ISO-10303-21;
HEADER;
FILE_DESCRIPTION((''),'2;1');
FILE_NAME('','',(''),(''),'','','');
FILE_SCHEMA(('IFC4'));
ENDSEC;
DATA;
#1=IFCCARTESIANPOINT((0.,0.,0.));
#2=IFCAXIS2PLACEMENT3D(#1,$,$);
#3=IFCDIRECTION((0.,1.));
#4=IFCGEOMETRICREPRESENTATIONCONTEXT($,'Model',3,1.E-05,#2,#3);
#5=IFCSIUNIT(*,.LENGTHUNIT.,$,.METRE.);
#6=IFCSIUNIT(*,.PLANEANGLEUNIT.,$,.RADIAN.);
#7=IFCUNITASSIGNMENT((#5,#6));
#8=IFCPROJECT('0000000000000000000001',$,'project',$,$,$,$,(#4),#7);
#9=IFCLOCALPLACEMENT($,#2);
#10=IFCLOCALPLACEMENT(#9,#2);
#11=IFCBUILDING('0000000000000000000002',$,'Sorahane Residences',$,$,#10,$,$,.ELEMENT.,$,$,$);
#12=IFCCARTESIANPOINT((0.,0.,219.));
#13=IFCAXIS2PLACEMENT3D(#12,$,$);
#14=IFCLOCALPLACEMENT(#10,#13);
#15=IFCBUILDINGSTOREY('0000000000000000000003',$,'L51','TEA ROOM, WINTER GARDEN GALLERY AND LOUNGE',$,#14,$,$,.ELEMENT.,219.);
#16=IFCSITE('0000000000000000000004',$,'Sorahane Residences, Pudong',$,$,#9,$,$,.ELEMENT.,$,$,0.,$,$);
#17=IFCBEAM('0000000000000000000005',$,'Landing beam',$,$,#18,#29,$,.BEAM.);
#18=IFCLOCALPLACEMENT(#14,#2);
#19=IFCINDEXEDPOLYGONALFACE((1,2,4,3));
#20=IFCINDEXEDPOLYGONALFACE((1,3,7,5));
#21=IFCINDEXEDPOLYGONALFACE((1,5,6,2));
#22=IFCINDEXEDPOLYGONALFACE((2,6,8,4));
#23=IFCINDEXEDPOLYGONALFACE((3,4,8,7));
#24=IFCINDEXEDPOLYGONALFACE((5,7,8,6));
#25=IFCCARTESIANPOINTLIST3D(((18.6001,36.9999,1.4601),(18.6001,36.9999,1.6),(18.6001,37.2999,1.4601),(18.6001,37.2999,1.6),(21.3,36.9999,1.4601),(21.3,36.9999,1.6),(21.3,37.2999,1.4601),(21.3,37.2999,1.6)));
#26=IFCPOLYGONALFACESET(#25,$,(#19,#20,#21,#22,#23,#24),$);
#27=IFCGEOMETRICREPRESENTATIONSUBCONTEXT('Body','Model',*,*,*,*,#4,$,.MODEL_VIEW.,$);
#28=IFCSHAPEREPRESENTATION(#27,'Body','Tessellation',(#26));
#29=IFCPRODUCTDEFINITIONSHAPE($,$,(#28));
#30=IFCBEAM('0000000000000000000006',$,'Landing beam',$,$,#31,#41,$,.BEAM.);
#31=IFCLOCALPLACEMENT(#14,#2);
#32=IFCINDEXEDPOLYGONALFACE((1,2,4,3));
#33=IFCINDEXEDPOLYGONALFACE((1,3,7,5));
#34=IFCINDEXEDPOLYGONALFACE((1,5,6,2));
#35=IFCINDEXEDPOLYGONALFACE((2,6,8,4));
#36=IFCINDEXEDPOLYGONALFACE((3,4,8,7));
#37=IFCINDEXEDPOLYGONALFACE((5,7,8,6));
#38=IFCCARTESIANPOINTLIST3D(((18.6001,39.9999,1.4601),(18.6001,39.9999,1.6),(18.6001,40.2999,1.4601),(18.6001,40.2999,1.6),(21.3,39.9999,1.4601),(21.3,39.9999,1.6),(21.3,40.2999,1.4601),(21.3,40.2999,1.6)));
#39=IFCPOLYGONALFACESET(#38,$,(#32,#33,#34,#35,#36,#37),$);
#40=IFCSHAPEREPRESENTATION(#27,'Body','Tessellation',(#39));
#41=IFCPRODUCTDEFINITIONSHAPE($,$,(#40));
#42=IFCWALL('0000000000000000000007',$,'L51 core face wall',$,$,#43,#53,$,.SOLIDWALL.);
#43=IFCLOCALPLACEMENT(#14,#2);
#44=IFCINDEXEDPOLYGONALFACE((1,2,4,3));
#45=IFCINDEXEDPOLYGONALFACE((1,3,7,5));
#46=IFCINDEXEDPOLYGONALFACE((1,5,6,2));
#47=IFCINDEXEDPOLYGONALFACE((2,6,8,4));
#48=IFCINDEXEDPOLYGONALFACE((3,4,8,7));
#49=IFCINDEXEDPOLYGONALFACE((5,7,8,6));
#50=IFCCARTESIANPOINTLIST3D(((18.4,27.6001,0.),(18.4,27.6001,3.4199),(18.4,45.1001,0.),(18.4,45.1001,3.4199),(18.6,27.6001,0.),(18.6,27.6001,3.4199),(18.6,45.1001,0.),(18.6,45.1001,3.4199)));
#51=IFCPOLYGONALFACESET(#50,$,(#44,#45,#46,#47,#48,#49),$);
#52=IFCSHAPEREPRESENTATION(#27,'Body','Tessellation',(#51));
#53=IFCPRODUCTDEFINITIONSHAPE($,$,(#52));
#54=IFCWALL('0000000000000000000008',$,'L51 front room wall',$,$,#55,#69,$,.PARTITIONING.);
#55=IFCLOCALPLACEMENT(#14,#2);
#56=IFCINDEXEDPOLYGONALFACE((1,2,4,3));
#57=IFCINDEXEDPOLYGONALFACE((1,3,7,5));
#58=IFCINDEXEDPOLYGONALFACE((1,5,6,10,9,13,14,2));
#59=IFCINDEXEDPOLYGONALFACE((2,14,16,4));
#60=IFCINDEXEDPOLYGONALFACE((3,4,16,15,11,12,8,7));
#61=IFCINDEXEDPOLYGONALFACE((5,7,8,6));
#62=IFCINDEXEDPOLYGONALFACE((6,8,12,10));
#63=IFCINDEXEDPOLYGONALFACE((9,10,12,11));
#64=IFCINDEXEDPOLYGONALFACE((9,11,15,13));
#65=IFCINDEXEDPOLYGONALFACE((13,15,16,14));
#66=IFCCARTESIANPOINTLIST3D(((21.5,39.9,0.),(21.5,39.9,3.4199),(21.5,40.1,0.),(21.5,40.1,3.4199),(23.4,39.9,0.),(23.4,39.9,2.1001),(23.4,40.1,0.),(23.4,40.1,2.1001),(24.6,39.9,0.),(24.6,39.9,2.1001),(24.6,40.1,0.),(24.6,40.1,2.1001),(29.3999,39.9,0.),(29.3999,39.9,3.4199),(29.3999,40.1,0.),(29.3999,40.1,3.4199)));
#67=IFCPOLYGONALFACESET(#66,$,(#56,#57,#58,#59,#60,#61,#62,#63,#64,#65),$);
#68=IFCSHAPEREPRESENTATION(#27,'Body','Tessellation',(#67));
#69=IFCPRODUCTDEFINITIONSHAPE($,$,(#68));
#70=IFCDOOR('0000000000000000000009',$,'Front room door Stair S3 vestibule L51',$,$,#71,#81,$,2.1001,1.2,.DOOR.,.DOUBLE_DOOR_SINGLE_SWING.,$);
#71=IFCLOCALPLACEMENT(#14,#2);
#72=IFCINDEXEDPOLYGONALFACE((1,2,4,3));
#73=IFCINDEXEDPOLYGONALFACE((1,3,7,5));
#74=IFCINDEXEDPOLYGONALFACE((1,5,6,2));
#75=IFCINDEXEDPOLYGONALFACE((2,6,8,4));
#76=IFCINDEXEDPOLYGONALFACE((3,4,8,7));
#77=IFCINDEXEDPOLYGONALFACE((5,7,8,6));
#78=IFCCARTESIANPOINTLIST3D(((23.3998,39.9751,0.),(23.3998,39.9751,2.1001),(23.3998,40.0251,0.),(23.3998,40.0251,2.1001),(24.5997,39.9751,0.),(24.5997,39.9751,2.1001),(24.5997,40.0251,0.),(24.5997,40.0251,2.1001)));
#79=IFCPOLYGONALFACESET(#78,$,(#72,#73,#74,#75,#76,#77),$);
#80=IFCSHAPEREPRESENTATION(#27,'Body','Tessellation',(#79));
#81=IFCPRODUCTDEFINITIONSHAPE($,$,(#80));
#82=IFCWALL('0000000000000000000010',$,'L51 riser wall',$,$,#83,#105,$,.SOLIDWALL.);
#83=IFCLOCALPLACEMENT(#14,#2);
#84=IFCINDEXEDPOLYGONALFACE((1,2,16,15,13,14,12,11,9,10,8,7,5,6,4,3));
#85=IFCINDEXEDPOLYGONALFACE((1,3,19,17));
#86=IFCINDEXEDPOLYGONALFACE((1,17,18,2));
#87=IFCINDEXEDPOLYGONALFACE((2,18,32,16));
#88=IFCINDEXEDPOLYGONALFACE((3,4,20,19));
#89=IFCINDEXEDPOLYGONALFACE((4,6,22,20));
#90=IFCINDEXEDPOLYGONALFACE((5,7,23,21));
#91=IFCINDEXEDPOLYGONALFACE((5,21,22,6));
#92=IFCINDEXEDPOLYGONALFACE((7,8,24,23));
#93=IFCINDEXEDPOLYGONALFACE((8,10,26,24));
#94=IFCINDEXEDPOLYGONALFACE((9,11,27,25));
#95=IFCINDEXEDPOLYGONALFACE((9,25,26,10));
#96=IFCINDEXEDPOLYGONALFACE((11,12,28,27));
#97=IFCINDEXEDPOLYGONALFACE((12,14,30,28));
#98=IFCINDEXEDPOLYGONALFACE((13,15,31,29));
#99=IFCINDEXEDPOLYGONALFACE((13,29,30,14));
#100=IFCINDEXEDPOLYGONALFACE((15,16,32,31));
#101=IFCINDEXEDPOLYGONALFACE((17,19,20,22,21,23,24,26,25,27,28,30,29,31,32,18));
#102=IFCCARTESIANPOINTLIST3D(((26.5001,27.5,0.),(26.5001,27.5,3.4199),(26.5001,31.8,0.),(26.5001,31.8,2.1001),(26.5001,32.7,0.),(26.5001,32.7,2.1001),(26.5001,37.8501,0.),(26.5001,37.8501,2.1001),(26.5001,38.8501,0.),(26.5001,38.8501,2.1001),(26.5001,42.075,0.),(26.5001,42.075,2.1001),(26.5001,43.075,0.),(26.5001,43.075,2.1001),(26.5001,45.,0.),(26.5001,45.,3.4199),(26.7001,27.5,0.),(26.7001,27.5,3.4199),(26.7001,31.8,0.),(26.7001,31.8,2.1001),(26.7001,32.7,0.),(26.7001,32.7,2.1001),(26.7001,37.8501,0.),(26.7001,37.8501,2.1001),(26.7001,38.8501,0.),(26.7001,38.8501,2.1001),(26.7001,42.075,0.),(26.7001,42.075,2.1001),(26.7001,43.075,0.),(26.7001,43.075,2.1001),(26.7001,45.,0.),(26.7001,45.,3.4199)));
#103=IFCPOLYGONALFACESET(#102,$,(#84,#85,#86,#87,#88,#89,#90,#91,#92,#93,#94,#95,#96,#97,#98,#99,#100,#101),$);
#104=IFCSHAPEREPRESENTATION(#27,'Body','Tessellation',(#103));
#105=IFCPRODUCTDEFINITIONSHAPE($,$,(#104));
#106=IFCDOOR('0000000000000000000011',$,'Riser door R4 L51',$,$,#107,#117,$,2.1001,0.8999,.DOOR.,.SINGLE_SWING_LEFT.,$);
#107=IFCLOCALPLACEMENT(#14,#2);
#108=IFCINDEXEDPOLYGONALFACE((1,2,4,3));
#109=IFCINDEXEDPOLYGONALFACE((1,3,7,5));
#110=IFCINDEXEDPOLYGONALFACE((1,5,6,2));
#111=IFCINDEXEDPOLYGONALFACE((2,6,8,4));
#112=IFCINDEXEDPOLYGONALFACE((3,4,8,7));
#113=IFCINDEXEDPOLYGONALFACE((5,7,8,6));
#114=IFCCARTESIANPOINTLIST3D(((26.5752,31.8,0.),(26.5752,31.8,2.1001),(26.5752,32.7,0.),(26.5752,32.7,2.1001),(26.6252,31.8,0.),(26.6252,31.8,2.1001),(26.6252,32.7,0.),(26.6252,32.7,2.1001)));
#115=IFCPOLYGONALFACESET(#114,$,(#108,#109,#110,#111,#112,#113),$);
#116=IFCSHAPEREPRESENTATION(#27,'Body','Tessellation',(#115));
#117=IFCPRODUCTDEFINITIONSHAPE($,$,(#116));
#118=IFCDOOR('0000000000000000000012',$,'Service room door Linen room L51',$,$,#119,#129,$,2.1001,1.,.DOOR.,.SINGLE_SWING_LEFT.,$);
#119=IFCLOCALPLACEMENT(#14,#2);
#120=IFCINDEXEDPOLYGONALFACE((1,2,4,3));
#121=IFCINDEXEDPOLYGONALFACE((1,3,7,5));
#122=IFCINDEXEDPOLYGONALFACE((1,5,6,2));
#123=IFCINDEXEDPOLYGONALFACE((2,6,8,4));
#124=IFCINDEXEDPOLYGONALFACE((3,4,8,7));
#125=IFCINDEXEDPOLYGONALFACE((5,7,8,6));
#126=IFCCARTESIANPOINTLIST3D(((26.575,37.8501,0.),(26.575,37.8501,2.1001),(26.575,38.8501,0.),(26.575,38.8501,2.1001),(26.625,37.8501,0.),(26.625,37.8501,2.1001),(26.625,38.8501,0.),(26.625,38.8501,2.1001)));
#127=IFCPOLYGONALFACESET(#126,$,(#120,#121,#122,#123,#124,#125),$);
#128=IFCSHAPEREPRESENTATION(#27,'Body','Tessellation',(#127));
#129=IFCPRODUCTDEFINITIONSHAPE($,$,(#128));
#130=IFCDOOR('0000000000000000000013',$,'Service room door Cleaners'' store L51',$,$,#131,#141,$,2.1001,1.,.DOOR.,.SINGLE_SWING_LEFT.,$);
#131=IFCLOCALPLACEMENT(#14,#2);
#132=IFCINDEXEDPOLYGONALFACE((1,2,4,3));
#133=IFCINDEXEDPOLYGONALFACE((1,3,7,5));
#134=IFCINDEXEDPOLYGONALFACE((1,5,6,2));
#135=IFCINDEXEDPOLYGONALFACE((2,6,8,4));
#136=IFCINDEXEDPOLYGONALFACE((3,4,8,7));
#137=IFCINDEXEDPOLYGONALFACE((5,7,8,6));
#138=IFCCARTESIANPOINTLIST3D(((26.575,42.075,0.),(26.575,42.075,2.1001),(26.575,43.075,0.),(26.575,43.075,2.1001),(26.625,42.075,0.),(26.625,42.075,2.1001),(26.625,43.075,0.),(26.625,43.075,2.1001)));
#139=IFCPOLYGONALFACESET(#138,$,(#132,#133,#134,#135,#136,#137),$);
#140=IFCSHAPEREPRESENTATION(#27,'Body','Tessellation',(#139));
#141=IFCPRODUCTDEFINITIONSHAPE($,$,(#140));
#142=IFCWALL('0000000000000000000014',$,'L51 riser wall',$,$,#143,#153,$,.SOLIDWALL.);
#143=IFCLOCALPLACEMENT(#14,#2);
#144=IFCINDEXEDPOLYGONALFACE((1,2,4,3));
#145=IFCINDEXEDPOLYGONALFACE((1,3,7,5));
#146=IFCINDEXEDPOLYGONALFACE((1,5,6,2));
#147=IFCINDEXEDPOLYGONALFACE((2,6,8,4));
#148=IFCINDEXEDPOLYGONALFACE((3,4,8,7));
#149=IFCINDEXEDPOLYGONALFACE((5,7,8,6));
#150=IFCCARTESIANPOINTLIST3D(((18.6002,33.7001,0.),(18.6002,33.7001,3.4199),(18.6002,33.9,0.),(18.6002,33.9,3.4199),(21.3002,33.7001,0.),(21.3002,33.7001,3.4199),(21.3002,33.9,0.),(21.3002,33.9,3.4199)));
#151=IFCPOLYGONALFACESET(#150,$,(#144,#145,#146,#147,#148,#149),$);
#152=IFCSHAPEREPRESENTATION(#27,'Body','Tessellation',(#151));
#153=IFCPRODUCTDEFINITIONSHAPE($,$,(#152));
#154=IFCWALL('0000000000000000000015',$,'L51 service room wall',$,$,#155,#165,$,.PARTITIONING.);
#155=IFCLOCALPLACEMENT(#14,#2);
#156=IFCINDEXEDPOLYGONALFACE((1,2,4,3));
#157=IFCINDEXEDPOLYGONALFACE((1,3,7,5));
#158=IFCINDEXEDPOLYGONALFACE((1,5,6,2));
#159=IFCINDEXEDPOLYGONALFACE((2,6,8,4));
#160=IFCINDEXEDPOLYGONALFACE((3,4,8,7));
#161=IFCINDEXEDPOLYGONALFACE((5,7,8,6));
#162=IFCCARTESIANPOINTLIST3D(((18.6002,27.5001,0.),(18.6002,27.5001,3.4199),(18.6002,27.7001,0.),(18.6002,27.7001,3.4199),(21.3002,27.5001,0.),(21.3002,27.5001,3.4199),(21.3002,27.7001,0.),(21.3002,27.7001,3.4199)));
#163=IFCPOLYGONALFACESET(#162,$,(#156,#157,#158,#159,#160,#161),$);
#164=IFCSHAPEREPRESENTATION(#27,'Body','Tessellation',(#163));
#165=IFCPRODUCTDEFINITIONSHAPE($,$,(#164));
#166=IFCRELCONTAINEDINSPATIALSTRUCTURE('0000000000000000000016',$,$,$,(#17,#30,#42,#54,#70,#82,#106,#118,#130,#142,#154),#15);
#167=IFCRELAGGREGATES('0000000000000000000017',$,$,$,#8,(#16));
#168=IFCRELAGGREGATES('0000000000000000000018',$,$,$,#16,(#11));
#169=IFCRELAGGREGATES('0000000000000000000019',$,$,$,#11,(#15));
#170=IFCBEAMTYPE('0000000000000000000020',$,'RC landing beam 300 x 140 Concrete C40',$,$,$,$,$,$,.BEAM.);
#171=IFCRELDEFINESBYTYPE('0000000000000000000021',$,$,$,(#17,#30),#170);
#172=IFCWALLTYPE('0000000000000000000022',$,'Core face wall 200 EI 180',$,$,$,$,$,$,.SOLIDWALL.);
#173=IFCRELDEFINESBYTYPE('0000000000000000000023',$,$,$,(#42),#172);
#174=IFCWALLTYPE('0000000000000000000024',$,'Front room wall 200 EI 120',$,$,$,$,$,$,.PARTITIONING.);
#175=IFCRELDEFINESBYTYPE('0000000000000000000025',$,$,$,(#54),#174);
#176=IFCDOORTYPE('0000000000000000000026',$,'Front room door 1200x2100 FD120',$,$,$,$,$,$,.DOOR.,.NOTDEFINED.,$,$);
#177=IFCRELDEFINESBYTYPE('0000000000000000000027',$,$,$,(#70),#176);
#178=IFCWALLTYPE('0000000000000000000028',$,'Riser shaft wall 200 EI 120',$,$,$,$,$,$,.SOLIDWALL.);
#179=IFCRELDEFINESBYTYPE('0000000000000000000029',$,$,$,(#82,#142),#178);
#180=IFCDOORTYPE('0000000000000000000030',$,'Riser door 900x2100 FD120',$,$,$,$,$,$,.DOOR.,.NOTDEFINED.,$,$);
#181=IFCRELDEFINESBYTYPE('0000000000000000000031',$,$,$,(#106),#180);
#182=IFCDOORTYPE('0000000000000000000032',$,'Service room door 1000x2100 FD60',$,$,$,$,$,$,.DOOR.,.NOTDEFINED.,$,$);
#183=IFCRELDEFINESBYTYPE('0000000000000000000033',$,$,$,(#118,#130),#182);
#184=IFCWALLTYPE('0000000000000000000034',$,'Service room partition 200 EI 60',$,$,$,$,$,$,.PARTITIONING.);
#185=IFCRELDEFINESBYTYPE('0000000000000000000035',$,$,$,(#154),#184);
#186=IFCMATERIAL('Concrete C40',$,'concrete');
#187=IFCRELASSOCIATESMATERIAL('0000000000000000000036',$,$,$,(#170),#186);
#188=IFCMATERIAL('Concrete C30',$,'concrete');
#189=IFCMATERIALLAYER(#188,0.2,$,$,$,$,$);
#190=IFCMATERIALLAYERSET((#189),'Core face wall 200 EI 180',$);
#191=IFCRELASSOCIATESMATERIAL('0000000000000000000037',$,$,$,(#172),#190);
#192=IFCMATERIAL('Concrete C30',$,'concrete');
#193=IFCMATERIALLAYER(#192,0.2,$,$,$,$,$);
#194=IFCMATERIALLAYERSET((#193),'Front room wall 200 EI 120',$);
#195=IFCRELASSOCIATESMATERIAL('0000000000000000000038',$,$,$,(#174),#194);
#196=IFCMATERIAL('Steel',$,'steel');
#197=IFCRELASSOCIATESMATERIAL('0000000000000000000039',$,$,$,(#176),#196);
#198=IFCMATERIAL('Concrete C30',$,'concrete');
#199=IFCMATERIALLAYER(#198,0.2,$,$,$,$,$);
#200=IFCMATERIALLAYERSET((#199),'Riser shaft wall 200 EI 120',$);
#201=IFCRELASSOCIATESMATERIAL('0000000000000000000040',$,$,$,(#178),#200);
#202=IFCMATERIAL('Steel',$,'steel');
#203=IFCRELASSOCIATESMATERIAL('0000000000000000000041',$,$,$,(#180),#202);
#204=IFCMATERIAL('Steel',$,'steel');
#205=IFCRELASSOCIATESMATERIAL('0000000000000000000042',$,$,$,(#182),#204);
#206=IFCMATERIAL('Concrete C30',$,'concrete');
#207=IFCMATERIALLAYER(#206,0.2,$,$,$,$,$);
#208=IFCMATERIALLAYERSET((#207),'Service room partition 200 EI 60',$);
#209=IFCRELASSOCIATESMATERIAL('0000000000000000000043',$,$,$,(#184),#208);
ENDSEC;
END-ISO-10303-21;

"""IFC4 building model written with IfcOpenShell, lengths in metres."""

from ifc_helpers import new_model, si_unit, direction, frame, frame_2d, origin, origin_2d, place, context, subcontext, project, spatial, rectangle, extrude, material, layer, layer_set, material_profile, profile_set, type_object, element, fill, save


model = new_model("IFC4")

# Units and contexts
model_context = context("Model", 3, precision=1e-05, world=origin(), true_north=direction((0.0, 1.0)))
body_context = subcontext(model_context, "Body", "Model", "MODEL_VIEW")
ifc_project = project(units=[si_unit("LENGTHUNIT", "METRE"), si_unit("PLANEANGLEUNIT", "RADIAN")], contexts=[model_context])

# Site, building, storey
site_placement = place(None, origin())
site = spatial("IfcSite", under=ifc_project, at=site_placement, Name="Sorahane Residences, Pudong", CompositionType="ELEMENT", RefElevation=0.0)
building_placement = place(site_placement, origin())
building = spatial("IfcBuilding", under=site, at=building_placement, Name="Sorahane Residences", CompositionType="ELEMENT")
storey_placement = place(building_placement, frame((0.0, 0.0, 219.0)))
storey = spatial("IfcBuildingStorey", under=building, at=storey_placement, Name="L51", Description="TEA ROOM, WINTER GARDEN GALLERY AND LOUNGE", CompositionType="ELEMENT", Elevation=219.0)

# Beams
ifc_material_1 = material(Name="Concrete C40", Category="concrete")
ifc_material_profile = material_profile(ifc_material_1, rectangle(XDim=0.3, YDim=0.1399, at=origin_2d()), Name="300x140")
ifc_profile_set = profile_set([ifc_material_profile], Name="Concrete C40")
beam_type = type_object("IfcBeamType", Name="RC landing beam 300 x 140 Concrete C40", PredefinedType="BEAM", material=ifc_profile_set)
for number, where, z_axis, x_axis, name in (
    (1, (18.6001, 37.1499, 1.53), (1.0, 0.0, 0.0), (0.0, 1.0, 0.0), "Landing beam"),
    (2, (18.6001, 40.1499, 1.53), (1.0, 0.0, 0.0), (0.0, 1.0, 0.0), "Landing beam"),
):
    element("IfcBeam", number, at=place(storey_placement, frame(where, z_axis=z_axis, x_axis=x_axis)), inside=storey, type_object=beam_type, Name=name, PredefinedType="BEAM", context=body_context, shape_type="SweptSolid", body=[
        extrude(rectangle(XDim=0.3, YDim=0.1399, at=origin_2d()), origin(), (0.0, 0.0, 1.0), 2.7),
    ])

# Wall
ifc_material_2 = material(Name="Concrete C30", Category="concrete")
ifc_layer_1 = layer(ifc_material_2, 0.2)
ifc_layer_set_1 = layer_set([ifc_layer_1], Name="Core face wall 200 EI 180")
wall_type_1 = type_object("IfcWallType", Name="Core face wall 200 EI 180", PredefinedType="SOLIDWALL", material=ifc_layer_set_1)
wall_1_placement = place(storey_placement, frame((18.5, 27.6001, 0.0), z_axis=(0.0, 0.0, 1.0), x_axis=(0.0, 1.0, 0.0)))
element("IfcWall", 3, at=wall_1_placement, inside=storey, type_object=wall_type_1, Name="L51 core face wall", PredefinedType="SOLIDWALL", context=body_context, shape_type="SweptSolid", body=[
    extrude(rectangle(XDim=17.5, YDim=0.2, at=frame_2d((8.75, 0.0))), origin(), (0.0, 0.0, 1.0), 3.4199),
])

# Wall, opening, door
ifc_material_3 = material(Name="Concrete C30", Category="concrete")
ifc_layer_2 = layer(ifc_material_3, 0.2)
ifc_layer_set_2 = layer_set([ifc_layer_2], Name="Front room wall 200 EI 120")
wall_type_2 = type_object("IfcWallType", Name="Front room wall 200 EI 120", PredefinedType="PARTITIONING", material=ifc_layer_set_2)
wall_2_placement = place(storey_placement, frame((21.5, 40.0, 0.0), z_axis=(0.0, 0.0, 1.0), x_axis=(1.0, 0.0, 0.0)))
wall_2 = element("IfcWall", 4, at=wall_2_placement, inside=storey, type_object=wall_type_2, Name="L51 front room wall", PredefinedType="PARTITIONING", context=body_context, shape_type="SweptSolid", body=[
    extrude(rectangle(XDim=7.8999, YDim=0.2, at=frame_2d((3.95, 0.0))), origin(), (0.0, 0.0, 1.0), 3.4199),
])
opening_1_placement = place(wall_2_placement, frame((1.8999, 0.0, 0.0)))
opening_1 = element("IfcOpeningElement", 5, at=opening_1_placement, cuts=wall_2, PredefinedType="OPENING", context=body_context, shape_type="SweptSolid", body=[
    extrude(rectangle(XDim=1.2, YDim=2.1001, at=frame_2d((0.6001, 1.05))), frame((0.0, 0.1099, 0.0), z_axis=(0.0, -1.0, 0.0), x_axis=(1.0, 0.0, 0.0)), (0.0, 0.0, 1.0), 0.22),
])
ifc_material_4 = material(Name="Steel", Category="steel")
door_type_1 = type_object("IfcDoorType", Name="Front room door 1200x2100 FD120", OperationType="NOTDEFINED", PredefinedType="DOOR", material=ifc_material_4)
door_1_placement = place(opening_1_placement, frame((1.2, 0.0, 0.0), z_axis=(0.0, 0.0, 1.0), x_axis=(-1.0, 0.0, 0.0)))
door_1 = element("IfcDoor", 6, at=door_1_placement, inside=storey, type_object=door_type_1, Name="Front room door Stair S3 vestibule L51", OperationType="DOUBLE_DOOR_SINGLE_SWING", OverallHeight=2.1001, OverallWidth=1.2, PredefinedType="DOOR", context=body_context, shape_type="SweptSolid", body=[
    extrude(rectangle(XDim=1.2, YDim=2.1001, at=frame_2d((0.6001, 1.05))), frame((0.0, 0.0249, 0.0), z_axis=(0.0, -1.0, 0.0), x_axis=(1.0, 0.0, 0.0)), (0.0, 0.0, 1.0), 0.05),
])
fill(opening_1, door_1)

# Wall, openings, doors
ifc_material_5 = material(Name="Concrete C30", Category="concrete")
ifc_layer_3 = layer(ifc_material_5, 0.2)
ifc_layer_set_3 = layer_set([ifc_layer_3], Name="Riser shaft wall 200 EI 120")
wall_type_3 = type_object("IfcWallType", Name="Riser shaft wall 200 EI 120", PredefinedType="SOLIDWALL", material=ifc_layer_set_3)
wall_3_placement = place(storey_placement, frame((26.6001, 27.5, 0.0), z_axis=(0.0, 0.0, 1.0), x_axis=(0.0, 1.0, 0.0)))
wall_3 = element("IfcWall", 7, at=wall_3_placement, inside=storey, type_object=wall_type_3, Name="L51 riser wall", PredefinedType="SOLIDWALL", context=body_context, shape_type="SweptSolid", body=[
    extrude(rectangle(XDim=17.5, YDim=0.2, at=frame_2d((8.75, 0.0))), origin(), (0.0, 0.0, 1.0), 3.4199),
])
opening_2_placement = place(wall_3_placement, frame((4.3, 0.0, 0.0)))
opening_2 = element("IfcOpeningElement", 8, at=opening_2_placement, cuts=wall_3, PredefinedType="OPENING", context=body_context, shape_type="SweptSolid", body=[
    extrude(rectangle(XDim=0.8999, YDim=2.1001, at=frame_2d((0.45, 1.05))), frame((0.0, 0.1099, 0.0), z_axis=(0.0, -1.0, 0.0), x_axis=(1.0, 0.0, 0.0)), (0.0, 0.0, 1.0), 0.22),
])
opening_3_placement = place(wall_3_placement, frame((10.3501, 0.0, 0.0)))
opening_3 = element("IfcOpeningElement", 9, at=opening_3_placement, cuts=wall_3, PredefinedType="OPENING", context=body_context, shape_type="SweptSolid", body=[
    extrude(rectangle(XDim=1.0, YDim=2.1001, at=frame_2d((0.5, 1.05))), frame((0.0, 0.1099, 0.0), z_axis=(0.0, -1.0, 0.0), x_axis=(1.0, 0.0, 0.0)), (0.0, 0.0, 1.0), 0.22),
])
opening_4_placement = place(wall_3_placement, frame((14.575, 0.0, 0.0)))
opening_4 = element("IfcOpeningElement", 10, at=opening_4_placement, cuts=wall_3, PredefinedType="OPENING", context=body_context, shape_type="SweptSolid", body=[
    extrude(rectangle(XDim=1.0, YDim=2.1001, at=frame_2d((0.5, 1.05))), frame((0.0, 0.1099, 0.0), z_axis=(0.0, -1.0, 0.0), x_axis=(1.0, 0.0, 0.0)), (0.0, 0.0, 1.0), 0.22),
])
ifc_material_6 = material(Name="Steel", Category="steel")
door_type_2 = type_object("IfcDoorType", Name="Riser door 900x2100 FD120", OperationType="NOTDEFINED", PredefinedType="DOOR", material=ifc_material_6)
door_2_placement = place(opening_2_placement, origin())
door_2 = element("IfcDoor", 11, at=door_2_placement, inside=storey, type_object=door_type_2, Name="Riser door R4 L51", OperationType="SINGLE_SWING_LEFT", OverallHeight=2.1001, OverallWidth=0.8999, PredefinedType="DOOR", context=body_context, shape_type="SweptSolid", body=[
    extrude(rectangle(XDim=0.8999, YDim=2.1001, at=frame_2d((0.45, 1.05))), frame((0.0, 0.0249, 0.0), z_axis=(0.0, -1.0, 0.0), x_axis=(1.0, 0.0, 0.0)), (0.0, 0.0, 1.0), 0.05),
])
fill(opening_2, door_2)
ifc_material_7 = material(Name="Steel", Category="steel")
door_type_3 = type_object("IfcDoorType", Name="Service room door 1000x2100 FD60", OperationType="NOTDEFINED", PredefinedType="DOOR", material=ifc_material_7)
door_3_placement = place(opening_3_placement, frame((1.0, 0.0, 0.0), z_axis=(0.0, 0.0, 1.0), x_axis=(-1.0, 0.0, 0.0)))
door_3 = element("IfcDoor", 12, at=door_3_placement, inside=storey, type_object=door_type_3, Name="Service room door Linen room L51", OperationType="SINGLE_SWING_LEFT", OverallHeight=2.1001, OverallWidth=1.0, PredefinedType="DOOR", context=body_context, shape_type="SweptSolid", body=[
    extrude(rectangle(XDim=1.0, YDim=2.1001, at=frame_2d((0.5, 1.05))), frame((0.0, 0.0249, 0.0), z_axis=(0.0, -1.0, 0.0), x_axis=(1.0, 0.0, 0.0)), (0.0, 0.0, 1.0), 0.05),
])
fill(opening_3, door_3)
door_4_placement = place(opening_4_placement, frame((1.0, 0.0, 0.0), z_axis=(0.0, 0.0, 1.0), x_axis=(-1.0, 0.0, 0.0)))
door_4 = element("IfcDoor", 13, at=door_4_placement, inside=storey, type_object=door_type_3, Name="Service room door Cleaners' store L51", OperationType="SINGLE_SWING_LEFT", OverallHeight=2.1001, OverallWidth=1.0, PredefinedType="DOOR", context=body_context, shape_type="SweptSolid", body=[
    extrude(rectangle(XDim=1.0, YDim=2.1001, at=frame_2d((0.5, 1.05))), frame((0.0, 0.0249, 0.0), z_axis=(0.0, -1.0, 0.0), x_axis=(1.0, 0.0, 0.0)), (0.0, 0.0, 1.0), 0.05),
])
fill(opening_4, door_4)

# Walls
wall_4_placement = place(storey_placement, frame((18.6001, 33.8, 0.0), z_axis=(0.0, 0.0, 1.0), x_axis=(1.0, 0.0, 0.0)))
element("IfcWall", 14, at=wall_4_placement, inside=storey, type_object=wall_type_3, Name="L51 riser wall", PredefinedType="SOLIDWALL", context=body_context, shape_type="SweptSolid", body=[
    extrude(rectangle(XDim=2.7, YDim=0.2, at=frame_2d((1.3501, 0.0))), origin(), (0.0, 0.0, 1.0), 3.4199),
])
ifc_material_8 = material(Name="Concrete C30", Category="concrete")
ifc_layer_4 = layer(ifc_material_8, 0.2)
ifc_layer_set_4 = layer_set([ifc_layer_4], Name="Service room partition 200 EI 60")
wall_type_4 = type_object("IfcWallType", Name="Service room partition 200 EI 60", PredefinedType="PARTITIONING", material=ifc_layer_set_4)
for number, where, z_axis, x_axis, name in (
    (15, (18.6001, 27.6001, 0.0), (0.0, 0.0, 1.0), (1.0, 0.0, 0.0), "L51 service room wall"),
):
    element("IfcWall", number, at=place(storey_placement, frame(where, z_axis=z_axis, x_axis=x_axis)), inside=storey, type_object=wall_type_4, Name=name, PredefinedType="PARTITIONING", context=body_context, shape_type="SweptSolid", body=[
        extrude(rectangle(XDim=2.7, YDim=0.2, at=frame_2d((1.3501, 0.0))), origin(), (0.0, 0.0, 1.0), 3.4199),
    ])

save(model, "model.ifc")
